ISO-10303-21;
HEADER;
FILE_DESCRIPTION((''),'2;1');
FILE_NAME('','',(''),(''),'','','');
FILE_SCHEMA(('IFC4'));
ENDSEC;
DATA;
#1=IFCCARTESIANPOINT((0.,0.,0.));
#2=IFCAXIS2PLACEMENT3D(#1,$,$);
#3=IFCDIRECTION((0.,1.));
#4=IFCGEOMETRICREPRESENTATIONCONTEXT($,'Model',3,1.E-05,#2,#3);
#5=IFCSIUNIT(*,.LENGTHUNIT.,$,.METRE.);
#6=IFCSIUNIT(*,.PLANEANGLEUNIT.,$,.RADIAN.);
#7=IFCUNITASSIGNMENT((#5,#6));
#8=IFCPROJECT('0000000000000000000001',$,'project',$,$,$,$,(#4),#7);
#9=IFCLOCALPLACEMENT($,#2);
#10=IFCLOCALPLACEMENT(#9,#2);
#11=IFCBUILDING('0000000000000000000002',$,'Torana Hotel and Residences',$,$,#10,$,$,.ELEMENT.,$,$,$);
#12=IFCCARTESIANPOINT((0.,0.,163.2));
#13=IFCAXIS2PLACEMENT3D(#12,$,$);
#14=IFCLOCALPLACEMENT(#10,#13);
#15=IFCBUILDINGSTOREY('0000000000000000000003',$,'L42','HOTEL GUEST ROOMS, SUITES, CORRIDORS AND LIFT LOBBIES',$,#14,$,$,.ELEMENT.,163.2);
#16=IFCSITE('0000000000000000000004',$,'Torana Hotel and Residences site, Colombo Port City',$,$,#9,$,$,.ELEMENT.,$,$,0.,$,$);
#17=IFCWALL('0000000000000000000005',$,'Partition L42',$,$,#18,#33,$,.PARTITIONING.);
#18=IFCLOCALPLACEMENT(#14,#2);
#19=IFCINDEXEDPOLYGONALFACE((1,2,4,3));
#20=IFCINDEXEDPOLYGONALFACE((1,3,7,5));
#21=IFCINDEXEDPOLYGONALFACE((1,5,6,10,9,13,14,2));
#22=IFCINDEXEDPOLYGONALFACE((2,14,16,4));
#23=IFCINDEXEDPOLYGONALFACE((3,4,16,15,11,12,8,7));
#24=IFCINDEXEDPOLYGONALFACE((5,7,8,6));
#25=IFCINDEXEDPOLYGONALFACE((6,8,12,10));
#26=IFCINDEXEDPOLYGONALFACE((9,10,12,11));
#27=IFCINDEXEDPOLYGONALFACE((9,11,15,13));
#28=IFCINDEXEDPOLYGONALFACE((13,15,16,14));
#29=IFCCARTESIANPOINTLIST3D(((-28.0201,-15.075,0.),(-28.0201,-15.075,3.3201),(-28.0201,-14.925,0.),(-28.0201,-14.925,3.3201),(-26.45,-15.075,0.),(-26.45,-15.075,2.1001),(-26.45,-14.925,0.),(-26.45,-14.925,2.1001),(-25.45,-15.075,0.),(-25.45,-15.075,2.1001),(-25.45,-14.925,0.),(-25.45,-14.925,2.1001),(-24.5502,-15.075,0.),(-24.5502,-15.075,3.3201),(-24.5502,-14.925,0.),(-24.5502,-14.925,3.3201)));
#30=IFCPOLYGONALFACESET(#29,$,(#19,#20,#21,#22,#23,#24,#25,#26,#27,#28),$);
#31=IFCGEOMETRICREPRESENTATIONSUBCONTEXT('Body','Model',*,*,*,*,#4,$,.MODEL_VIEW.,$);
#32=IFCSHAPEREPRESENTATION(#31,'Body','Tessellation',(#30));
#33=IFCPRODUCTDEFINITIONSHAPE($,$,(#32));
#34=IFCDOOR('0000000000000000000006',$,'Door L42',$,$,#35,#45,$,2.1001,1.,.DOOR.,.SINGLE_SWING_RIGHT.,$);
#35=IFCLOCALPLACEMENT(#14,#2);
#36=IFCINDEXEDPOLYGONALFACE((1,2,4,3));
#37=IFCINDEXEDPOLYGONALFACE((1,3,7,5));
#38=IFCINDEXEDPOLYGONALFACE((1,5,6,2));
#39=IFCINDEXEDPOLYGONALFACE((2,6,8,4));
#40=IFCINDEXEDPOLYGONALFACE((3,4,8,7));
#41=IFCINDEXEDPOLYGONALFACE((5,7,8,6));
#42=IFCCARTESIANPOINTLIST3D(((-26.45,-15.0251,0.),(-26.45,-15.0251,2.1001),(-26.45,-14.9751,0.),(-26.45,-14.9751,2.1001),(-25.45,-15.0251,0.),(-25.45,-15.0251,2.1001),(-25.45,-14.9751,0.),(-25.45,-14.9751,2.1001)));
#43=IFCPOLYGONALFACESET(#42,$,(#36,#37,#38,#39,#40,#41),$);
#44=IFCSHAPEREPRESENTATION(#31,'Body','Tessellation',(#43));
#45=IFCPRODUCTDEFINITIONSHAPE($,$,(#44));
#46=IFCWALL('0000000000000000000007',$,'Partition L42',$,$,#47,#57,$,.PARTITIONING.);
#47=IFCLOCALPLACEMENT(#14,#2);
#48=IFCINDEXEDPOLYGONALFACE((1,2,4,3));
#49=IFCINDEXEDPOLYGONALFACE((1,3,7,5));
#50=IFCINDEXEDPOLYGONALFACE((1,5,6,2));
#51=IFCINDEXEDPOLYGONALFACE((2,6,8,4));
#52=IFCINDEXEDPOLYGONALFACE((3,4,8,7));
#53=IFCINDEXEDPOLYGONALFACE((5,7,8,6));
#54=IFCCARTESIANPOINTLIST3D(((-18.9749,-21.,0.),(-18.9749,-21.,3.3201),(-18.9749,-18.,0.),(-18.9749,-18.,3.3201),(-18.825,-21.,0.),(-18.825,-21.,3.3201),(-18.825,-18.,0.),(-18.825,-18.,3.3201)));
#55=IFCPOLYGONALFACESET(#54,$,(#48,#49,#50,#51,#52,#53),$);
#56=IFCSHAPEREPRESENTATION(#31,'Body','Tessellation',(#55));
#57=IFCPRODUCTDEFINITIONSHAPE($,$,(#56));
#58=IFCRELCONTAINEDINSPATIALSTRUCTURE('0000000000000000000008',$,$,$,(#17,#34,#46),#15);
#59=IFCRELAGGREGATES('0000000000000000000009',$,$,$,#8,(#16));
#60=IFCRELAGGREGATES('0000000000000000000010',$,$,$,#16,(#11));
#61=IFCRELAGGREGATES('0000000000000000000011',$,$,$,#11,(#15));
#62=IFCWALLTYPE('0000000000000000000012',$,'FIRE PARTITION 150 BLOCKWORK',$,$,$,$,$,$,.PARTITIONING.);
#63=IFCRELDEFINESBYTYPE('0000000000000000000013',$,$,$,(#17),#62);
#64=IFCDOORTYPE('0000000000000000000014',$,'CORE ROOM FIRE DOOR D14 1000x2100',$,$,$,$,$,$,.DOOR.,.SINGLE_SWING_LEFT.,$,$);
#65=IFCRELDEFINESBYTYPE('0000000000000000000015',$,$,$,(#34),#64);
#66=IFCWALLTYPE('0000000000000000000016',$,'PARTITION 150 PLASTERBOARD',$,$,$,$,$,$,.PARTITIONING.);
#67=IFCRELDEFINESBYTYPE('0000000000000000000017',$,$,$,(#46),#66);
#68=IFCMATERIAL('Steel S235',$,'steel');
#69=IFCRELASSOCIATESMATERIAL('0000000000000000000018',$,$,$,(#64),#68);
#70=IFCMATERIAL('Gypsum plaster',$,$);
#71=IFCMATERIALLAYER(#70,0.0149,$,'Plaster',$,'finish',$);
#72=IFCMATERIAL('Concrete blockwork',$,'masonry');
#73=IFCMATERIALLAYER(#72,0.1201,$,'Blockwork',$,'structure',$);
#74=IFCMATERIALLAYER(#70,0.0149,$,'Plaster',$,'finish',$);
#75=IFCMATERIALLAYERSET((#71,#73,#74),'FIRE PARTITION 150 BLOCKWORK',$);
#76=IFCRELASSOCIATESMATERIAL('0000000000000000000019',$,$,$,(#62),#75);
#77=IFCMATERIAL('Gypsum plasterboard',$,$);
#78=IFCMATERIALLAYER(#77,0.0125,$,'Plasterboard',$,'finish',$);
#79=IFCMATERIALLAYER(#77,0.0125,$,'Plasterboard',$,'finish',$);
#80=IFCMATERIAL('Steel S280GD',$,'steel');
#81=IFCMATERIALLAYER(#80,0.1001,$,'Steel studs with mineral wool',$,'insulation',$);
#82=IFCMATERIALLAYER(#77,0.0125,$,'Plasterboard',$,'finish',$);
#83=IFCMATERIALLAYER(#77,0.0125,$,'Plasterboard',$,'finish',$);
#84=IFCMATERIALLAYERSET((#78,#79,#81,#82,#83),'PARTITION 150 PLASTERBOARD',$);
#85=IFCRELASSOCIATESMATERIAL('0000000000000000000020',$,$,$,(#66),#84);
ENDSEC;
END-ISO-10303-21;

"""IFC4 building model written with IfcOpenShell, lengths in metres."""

from ifc_helpers import new_model, si_unit, direction, frame, frame_2d, origin, place, context, subcontext, project, spatial, rectangle, extrude, material, layer, layer_set, type_object, element, fill, save


model = new_model("IFC4")

# Units and contexts
model_context = context("Model", 3, precision=1e-05, world=origin(), true_north=direction((0.0, 1.0)))
body_context = subcontext(model_context, "Body", "Model", "MODEL_VIEW")
ifc_project = project(units=[si_unit("LENGTHUNIT", "METRE"), si_unit("PLANEANGLEUNIT", "RADIAN")], contexts=[model_context])

# Site, building, storey
site_placement = place(None, origin())
site = spatial("IfcSite", under=ifc_project, at=site_placement, Name="Torana Hotel and Residences site, Colombo Port City", CompositionType="ELEMENT", RefElevation=0.0)
building_placement = place(site_placement, origin())
building = spatial("IfcBuilding", under=site, at=building_placement, Name="Torana Hotel and Residences", CompositionType="ELEMENT")
storey_placement = place(building_placement, frame((0.0, 0.0, 163.2)))
storey = spatial("IfcBuildingStorey", under=building, at=storey_placement, Name="L42", Description="HOTEL GUEST ROOMS, SUITES, CORRIDORS AND LIFT LOBBIES", CompositionType="ELEMENT", Elevation=163.2)

# Shared definitions
ifc_material_1 = material(Name="Steel S235", Category="steel")
door_type_1 = type_object("IfcDoorType", Name="CORE ROOM FIRE DOOR D14 1000x2100", OperationType="SINGLE_SWING_LEFT", PredefinedType="DOOR", material=ifc_material_1)

# Wall, opening, door
ifc_material_2 = material(Name="Gypsum plaster")
ifc_layer_1 = layer(ifc_material_2, 0.0149, Name="Plaster", Category="finish")
ifc_material_3 = material(Name="Concrete blockwork", Category="masonry")
ifc_layer_2 = layer(ifc_material_3, 0.1201, Name="Blockwork", Category="structure")
ifc_layer_3 = layer(ifc_material_2, 0.0149, Name="Plaster", Category="finish")
ifc_layer_set_1 = layer_set([ifc_layer_1, ifc_layer_2, ifc_layer_3], Name="FIRE PARTITION 150 BLOCKWORK")
wall_type_1 = type_object("IfcWallType", Name="FIRE PARTITION 150 BLOCKWORK", PredefinedType="PARTITIONING", material=ifc_layer_set_1)
wall_1_placement = place(storey_placement, frame((-28.02, -15.0, 0.0), z_axis=(0.0, 0.0, 1.0), x_axis=(1.0, 0.0, 0.0)))
wall_1 = element("IfcWall", 1, at=wall_1_placement, inside=storey, type_object=wall_type_1, Name="Partition L42", PredefinedType="PARTITIONING", context=body_context, shape_type="SweptSolid", body=[
    extrude(rectangle(XDim=3.47, YDim=0.1499, at=frame_2d((1.7349, 0.0))), origin(), (0.0, 0.0, 1.0), 3.3201),
])
opening_1_placement = place(wall_1_placement, frame((1.5701, 0.0, 0.0)))
opening_1 = element("IfcOpeningElement", 2, at=opening_1_placement, cuts=wall_1, PredefinedType="OPENING", context=body_context, shape_type="SweptSolid", body=[
    extrude(rectangle(XDim=1.0, YDim=2.1001, at=frame_2d((0.5, 1.05))), frame((0.0, 0.085, 0.0), z_axis=(0.0, -1.0, 0.0), x_axis=(1.0, 0.0, 0.0)), (0.0, 0.0, 1.0), 0.1699),
])
door_1_placement = place(opening_1_placement, origin())
door_1 = element("IfcDoor", 3, at=door_1_placement, inside=storey, type_object=door_type_1, Name="Door L42", OperationType="SINGLE_SWING_RIGHT", OverallHeight=2.1001, OverallWidth=1.0, PredefinedType="DOOR", context=body_context, shape_type="SweptSolid", body=[
    extrude(rectangle(XDim=1.0, YDim=2.1001, at=frame_2d((0.5, 1.05))), frame((0.0, 0.0249, 0.0), z_axis=(0.0, -1.0, 0.0), x_axis=(1.0, 0.0, 0.0)), (0.0, 0.0, 1.0), 0.05),
])
fill(opening_1, door_1)

# Wall
ifc_material_4 = material(Name="Gypsum plasterboard")
ifc_layer_4 = layer(ifc_material_4, 0.0125, Name="Plasterboard", Category="finish")
ifc_layer_5 = layer(ifc_material_4, 0.0125, Name="Plasterboard", Category="finish")
ifc_material_5 = material(Name="Steel S280GD", Category="steel")
ifc_layer_6 = layer(ifc_material_5, 0.1001, Name="Steel studs with mineral wool", Category="insulation")
ifc_layer_7 = layer(ifc_material_4, 0.0125, Name="Plasterboard", Category="finish")
ifc_layer_8 = layer(ifc_material_4, 0.0125, Name="Plasterboard", Category="finish")
ifc_layer_set_2 = layer_set([ifc_layer_4, ifc_layer_5, ifc_layer_6, ifc_layer_7, ifc_layer_8], Name="PARTITION 150 PLASTERBOARD")
wall_type_2 = type_object("IfcWallType", Name="PARTITION 150 PLASTERBOARD", PredefinedType="PARTITIONING", material=ifc_layer_set_2)
wall_2_placement = place(storey_placement, frame((-18.8999, -21.0, 0.0), z_axis=(0.0, 0.0, 1.0), x_axis=(0.0, 1.0, 0.0)))
element("IfcWall", 4, at=wall_2_placement, inside=storey, type_object=wall_type_2, Name="Partition L42", PredefinedType="PARTITIONING", context=body_context, shape_type="SweptSolid", body=[
    extrude(rectangle(XDim=3.0, YDim=0.1499, at=frame_2d((1.5, 0.0))), origin(), (0.0, 0.0, 1.0), 3.3201),
])

save(model, "model.ifc")
